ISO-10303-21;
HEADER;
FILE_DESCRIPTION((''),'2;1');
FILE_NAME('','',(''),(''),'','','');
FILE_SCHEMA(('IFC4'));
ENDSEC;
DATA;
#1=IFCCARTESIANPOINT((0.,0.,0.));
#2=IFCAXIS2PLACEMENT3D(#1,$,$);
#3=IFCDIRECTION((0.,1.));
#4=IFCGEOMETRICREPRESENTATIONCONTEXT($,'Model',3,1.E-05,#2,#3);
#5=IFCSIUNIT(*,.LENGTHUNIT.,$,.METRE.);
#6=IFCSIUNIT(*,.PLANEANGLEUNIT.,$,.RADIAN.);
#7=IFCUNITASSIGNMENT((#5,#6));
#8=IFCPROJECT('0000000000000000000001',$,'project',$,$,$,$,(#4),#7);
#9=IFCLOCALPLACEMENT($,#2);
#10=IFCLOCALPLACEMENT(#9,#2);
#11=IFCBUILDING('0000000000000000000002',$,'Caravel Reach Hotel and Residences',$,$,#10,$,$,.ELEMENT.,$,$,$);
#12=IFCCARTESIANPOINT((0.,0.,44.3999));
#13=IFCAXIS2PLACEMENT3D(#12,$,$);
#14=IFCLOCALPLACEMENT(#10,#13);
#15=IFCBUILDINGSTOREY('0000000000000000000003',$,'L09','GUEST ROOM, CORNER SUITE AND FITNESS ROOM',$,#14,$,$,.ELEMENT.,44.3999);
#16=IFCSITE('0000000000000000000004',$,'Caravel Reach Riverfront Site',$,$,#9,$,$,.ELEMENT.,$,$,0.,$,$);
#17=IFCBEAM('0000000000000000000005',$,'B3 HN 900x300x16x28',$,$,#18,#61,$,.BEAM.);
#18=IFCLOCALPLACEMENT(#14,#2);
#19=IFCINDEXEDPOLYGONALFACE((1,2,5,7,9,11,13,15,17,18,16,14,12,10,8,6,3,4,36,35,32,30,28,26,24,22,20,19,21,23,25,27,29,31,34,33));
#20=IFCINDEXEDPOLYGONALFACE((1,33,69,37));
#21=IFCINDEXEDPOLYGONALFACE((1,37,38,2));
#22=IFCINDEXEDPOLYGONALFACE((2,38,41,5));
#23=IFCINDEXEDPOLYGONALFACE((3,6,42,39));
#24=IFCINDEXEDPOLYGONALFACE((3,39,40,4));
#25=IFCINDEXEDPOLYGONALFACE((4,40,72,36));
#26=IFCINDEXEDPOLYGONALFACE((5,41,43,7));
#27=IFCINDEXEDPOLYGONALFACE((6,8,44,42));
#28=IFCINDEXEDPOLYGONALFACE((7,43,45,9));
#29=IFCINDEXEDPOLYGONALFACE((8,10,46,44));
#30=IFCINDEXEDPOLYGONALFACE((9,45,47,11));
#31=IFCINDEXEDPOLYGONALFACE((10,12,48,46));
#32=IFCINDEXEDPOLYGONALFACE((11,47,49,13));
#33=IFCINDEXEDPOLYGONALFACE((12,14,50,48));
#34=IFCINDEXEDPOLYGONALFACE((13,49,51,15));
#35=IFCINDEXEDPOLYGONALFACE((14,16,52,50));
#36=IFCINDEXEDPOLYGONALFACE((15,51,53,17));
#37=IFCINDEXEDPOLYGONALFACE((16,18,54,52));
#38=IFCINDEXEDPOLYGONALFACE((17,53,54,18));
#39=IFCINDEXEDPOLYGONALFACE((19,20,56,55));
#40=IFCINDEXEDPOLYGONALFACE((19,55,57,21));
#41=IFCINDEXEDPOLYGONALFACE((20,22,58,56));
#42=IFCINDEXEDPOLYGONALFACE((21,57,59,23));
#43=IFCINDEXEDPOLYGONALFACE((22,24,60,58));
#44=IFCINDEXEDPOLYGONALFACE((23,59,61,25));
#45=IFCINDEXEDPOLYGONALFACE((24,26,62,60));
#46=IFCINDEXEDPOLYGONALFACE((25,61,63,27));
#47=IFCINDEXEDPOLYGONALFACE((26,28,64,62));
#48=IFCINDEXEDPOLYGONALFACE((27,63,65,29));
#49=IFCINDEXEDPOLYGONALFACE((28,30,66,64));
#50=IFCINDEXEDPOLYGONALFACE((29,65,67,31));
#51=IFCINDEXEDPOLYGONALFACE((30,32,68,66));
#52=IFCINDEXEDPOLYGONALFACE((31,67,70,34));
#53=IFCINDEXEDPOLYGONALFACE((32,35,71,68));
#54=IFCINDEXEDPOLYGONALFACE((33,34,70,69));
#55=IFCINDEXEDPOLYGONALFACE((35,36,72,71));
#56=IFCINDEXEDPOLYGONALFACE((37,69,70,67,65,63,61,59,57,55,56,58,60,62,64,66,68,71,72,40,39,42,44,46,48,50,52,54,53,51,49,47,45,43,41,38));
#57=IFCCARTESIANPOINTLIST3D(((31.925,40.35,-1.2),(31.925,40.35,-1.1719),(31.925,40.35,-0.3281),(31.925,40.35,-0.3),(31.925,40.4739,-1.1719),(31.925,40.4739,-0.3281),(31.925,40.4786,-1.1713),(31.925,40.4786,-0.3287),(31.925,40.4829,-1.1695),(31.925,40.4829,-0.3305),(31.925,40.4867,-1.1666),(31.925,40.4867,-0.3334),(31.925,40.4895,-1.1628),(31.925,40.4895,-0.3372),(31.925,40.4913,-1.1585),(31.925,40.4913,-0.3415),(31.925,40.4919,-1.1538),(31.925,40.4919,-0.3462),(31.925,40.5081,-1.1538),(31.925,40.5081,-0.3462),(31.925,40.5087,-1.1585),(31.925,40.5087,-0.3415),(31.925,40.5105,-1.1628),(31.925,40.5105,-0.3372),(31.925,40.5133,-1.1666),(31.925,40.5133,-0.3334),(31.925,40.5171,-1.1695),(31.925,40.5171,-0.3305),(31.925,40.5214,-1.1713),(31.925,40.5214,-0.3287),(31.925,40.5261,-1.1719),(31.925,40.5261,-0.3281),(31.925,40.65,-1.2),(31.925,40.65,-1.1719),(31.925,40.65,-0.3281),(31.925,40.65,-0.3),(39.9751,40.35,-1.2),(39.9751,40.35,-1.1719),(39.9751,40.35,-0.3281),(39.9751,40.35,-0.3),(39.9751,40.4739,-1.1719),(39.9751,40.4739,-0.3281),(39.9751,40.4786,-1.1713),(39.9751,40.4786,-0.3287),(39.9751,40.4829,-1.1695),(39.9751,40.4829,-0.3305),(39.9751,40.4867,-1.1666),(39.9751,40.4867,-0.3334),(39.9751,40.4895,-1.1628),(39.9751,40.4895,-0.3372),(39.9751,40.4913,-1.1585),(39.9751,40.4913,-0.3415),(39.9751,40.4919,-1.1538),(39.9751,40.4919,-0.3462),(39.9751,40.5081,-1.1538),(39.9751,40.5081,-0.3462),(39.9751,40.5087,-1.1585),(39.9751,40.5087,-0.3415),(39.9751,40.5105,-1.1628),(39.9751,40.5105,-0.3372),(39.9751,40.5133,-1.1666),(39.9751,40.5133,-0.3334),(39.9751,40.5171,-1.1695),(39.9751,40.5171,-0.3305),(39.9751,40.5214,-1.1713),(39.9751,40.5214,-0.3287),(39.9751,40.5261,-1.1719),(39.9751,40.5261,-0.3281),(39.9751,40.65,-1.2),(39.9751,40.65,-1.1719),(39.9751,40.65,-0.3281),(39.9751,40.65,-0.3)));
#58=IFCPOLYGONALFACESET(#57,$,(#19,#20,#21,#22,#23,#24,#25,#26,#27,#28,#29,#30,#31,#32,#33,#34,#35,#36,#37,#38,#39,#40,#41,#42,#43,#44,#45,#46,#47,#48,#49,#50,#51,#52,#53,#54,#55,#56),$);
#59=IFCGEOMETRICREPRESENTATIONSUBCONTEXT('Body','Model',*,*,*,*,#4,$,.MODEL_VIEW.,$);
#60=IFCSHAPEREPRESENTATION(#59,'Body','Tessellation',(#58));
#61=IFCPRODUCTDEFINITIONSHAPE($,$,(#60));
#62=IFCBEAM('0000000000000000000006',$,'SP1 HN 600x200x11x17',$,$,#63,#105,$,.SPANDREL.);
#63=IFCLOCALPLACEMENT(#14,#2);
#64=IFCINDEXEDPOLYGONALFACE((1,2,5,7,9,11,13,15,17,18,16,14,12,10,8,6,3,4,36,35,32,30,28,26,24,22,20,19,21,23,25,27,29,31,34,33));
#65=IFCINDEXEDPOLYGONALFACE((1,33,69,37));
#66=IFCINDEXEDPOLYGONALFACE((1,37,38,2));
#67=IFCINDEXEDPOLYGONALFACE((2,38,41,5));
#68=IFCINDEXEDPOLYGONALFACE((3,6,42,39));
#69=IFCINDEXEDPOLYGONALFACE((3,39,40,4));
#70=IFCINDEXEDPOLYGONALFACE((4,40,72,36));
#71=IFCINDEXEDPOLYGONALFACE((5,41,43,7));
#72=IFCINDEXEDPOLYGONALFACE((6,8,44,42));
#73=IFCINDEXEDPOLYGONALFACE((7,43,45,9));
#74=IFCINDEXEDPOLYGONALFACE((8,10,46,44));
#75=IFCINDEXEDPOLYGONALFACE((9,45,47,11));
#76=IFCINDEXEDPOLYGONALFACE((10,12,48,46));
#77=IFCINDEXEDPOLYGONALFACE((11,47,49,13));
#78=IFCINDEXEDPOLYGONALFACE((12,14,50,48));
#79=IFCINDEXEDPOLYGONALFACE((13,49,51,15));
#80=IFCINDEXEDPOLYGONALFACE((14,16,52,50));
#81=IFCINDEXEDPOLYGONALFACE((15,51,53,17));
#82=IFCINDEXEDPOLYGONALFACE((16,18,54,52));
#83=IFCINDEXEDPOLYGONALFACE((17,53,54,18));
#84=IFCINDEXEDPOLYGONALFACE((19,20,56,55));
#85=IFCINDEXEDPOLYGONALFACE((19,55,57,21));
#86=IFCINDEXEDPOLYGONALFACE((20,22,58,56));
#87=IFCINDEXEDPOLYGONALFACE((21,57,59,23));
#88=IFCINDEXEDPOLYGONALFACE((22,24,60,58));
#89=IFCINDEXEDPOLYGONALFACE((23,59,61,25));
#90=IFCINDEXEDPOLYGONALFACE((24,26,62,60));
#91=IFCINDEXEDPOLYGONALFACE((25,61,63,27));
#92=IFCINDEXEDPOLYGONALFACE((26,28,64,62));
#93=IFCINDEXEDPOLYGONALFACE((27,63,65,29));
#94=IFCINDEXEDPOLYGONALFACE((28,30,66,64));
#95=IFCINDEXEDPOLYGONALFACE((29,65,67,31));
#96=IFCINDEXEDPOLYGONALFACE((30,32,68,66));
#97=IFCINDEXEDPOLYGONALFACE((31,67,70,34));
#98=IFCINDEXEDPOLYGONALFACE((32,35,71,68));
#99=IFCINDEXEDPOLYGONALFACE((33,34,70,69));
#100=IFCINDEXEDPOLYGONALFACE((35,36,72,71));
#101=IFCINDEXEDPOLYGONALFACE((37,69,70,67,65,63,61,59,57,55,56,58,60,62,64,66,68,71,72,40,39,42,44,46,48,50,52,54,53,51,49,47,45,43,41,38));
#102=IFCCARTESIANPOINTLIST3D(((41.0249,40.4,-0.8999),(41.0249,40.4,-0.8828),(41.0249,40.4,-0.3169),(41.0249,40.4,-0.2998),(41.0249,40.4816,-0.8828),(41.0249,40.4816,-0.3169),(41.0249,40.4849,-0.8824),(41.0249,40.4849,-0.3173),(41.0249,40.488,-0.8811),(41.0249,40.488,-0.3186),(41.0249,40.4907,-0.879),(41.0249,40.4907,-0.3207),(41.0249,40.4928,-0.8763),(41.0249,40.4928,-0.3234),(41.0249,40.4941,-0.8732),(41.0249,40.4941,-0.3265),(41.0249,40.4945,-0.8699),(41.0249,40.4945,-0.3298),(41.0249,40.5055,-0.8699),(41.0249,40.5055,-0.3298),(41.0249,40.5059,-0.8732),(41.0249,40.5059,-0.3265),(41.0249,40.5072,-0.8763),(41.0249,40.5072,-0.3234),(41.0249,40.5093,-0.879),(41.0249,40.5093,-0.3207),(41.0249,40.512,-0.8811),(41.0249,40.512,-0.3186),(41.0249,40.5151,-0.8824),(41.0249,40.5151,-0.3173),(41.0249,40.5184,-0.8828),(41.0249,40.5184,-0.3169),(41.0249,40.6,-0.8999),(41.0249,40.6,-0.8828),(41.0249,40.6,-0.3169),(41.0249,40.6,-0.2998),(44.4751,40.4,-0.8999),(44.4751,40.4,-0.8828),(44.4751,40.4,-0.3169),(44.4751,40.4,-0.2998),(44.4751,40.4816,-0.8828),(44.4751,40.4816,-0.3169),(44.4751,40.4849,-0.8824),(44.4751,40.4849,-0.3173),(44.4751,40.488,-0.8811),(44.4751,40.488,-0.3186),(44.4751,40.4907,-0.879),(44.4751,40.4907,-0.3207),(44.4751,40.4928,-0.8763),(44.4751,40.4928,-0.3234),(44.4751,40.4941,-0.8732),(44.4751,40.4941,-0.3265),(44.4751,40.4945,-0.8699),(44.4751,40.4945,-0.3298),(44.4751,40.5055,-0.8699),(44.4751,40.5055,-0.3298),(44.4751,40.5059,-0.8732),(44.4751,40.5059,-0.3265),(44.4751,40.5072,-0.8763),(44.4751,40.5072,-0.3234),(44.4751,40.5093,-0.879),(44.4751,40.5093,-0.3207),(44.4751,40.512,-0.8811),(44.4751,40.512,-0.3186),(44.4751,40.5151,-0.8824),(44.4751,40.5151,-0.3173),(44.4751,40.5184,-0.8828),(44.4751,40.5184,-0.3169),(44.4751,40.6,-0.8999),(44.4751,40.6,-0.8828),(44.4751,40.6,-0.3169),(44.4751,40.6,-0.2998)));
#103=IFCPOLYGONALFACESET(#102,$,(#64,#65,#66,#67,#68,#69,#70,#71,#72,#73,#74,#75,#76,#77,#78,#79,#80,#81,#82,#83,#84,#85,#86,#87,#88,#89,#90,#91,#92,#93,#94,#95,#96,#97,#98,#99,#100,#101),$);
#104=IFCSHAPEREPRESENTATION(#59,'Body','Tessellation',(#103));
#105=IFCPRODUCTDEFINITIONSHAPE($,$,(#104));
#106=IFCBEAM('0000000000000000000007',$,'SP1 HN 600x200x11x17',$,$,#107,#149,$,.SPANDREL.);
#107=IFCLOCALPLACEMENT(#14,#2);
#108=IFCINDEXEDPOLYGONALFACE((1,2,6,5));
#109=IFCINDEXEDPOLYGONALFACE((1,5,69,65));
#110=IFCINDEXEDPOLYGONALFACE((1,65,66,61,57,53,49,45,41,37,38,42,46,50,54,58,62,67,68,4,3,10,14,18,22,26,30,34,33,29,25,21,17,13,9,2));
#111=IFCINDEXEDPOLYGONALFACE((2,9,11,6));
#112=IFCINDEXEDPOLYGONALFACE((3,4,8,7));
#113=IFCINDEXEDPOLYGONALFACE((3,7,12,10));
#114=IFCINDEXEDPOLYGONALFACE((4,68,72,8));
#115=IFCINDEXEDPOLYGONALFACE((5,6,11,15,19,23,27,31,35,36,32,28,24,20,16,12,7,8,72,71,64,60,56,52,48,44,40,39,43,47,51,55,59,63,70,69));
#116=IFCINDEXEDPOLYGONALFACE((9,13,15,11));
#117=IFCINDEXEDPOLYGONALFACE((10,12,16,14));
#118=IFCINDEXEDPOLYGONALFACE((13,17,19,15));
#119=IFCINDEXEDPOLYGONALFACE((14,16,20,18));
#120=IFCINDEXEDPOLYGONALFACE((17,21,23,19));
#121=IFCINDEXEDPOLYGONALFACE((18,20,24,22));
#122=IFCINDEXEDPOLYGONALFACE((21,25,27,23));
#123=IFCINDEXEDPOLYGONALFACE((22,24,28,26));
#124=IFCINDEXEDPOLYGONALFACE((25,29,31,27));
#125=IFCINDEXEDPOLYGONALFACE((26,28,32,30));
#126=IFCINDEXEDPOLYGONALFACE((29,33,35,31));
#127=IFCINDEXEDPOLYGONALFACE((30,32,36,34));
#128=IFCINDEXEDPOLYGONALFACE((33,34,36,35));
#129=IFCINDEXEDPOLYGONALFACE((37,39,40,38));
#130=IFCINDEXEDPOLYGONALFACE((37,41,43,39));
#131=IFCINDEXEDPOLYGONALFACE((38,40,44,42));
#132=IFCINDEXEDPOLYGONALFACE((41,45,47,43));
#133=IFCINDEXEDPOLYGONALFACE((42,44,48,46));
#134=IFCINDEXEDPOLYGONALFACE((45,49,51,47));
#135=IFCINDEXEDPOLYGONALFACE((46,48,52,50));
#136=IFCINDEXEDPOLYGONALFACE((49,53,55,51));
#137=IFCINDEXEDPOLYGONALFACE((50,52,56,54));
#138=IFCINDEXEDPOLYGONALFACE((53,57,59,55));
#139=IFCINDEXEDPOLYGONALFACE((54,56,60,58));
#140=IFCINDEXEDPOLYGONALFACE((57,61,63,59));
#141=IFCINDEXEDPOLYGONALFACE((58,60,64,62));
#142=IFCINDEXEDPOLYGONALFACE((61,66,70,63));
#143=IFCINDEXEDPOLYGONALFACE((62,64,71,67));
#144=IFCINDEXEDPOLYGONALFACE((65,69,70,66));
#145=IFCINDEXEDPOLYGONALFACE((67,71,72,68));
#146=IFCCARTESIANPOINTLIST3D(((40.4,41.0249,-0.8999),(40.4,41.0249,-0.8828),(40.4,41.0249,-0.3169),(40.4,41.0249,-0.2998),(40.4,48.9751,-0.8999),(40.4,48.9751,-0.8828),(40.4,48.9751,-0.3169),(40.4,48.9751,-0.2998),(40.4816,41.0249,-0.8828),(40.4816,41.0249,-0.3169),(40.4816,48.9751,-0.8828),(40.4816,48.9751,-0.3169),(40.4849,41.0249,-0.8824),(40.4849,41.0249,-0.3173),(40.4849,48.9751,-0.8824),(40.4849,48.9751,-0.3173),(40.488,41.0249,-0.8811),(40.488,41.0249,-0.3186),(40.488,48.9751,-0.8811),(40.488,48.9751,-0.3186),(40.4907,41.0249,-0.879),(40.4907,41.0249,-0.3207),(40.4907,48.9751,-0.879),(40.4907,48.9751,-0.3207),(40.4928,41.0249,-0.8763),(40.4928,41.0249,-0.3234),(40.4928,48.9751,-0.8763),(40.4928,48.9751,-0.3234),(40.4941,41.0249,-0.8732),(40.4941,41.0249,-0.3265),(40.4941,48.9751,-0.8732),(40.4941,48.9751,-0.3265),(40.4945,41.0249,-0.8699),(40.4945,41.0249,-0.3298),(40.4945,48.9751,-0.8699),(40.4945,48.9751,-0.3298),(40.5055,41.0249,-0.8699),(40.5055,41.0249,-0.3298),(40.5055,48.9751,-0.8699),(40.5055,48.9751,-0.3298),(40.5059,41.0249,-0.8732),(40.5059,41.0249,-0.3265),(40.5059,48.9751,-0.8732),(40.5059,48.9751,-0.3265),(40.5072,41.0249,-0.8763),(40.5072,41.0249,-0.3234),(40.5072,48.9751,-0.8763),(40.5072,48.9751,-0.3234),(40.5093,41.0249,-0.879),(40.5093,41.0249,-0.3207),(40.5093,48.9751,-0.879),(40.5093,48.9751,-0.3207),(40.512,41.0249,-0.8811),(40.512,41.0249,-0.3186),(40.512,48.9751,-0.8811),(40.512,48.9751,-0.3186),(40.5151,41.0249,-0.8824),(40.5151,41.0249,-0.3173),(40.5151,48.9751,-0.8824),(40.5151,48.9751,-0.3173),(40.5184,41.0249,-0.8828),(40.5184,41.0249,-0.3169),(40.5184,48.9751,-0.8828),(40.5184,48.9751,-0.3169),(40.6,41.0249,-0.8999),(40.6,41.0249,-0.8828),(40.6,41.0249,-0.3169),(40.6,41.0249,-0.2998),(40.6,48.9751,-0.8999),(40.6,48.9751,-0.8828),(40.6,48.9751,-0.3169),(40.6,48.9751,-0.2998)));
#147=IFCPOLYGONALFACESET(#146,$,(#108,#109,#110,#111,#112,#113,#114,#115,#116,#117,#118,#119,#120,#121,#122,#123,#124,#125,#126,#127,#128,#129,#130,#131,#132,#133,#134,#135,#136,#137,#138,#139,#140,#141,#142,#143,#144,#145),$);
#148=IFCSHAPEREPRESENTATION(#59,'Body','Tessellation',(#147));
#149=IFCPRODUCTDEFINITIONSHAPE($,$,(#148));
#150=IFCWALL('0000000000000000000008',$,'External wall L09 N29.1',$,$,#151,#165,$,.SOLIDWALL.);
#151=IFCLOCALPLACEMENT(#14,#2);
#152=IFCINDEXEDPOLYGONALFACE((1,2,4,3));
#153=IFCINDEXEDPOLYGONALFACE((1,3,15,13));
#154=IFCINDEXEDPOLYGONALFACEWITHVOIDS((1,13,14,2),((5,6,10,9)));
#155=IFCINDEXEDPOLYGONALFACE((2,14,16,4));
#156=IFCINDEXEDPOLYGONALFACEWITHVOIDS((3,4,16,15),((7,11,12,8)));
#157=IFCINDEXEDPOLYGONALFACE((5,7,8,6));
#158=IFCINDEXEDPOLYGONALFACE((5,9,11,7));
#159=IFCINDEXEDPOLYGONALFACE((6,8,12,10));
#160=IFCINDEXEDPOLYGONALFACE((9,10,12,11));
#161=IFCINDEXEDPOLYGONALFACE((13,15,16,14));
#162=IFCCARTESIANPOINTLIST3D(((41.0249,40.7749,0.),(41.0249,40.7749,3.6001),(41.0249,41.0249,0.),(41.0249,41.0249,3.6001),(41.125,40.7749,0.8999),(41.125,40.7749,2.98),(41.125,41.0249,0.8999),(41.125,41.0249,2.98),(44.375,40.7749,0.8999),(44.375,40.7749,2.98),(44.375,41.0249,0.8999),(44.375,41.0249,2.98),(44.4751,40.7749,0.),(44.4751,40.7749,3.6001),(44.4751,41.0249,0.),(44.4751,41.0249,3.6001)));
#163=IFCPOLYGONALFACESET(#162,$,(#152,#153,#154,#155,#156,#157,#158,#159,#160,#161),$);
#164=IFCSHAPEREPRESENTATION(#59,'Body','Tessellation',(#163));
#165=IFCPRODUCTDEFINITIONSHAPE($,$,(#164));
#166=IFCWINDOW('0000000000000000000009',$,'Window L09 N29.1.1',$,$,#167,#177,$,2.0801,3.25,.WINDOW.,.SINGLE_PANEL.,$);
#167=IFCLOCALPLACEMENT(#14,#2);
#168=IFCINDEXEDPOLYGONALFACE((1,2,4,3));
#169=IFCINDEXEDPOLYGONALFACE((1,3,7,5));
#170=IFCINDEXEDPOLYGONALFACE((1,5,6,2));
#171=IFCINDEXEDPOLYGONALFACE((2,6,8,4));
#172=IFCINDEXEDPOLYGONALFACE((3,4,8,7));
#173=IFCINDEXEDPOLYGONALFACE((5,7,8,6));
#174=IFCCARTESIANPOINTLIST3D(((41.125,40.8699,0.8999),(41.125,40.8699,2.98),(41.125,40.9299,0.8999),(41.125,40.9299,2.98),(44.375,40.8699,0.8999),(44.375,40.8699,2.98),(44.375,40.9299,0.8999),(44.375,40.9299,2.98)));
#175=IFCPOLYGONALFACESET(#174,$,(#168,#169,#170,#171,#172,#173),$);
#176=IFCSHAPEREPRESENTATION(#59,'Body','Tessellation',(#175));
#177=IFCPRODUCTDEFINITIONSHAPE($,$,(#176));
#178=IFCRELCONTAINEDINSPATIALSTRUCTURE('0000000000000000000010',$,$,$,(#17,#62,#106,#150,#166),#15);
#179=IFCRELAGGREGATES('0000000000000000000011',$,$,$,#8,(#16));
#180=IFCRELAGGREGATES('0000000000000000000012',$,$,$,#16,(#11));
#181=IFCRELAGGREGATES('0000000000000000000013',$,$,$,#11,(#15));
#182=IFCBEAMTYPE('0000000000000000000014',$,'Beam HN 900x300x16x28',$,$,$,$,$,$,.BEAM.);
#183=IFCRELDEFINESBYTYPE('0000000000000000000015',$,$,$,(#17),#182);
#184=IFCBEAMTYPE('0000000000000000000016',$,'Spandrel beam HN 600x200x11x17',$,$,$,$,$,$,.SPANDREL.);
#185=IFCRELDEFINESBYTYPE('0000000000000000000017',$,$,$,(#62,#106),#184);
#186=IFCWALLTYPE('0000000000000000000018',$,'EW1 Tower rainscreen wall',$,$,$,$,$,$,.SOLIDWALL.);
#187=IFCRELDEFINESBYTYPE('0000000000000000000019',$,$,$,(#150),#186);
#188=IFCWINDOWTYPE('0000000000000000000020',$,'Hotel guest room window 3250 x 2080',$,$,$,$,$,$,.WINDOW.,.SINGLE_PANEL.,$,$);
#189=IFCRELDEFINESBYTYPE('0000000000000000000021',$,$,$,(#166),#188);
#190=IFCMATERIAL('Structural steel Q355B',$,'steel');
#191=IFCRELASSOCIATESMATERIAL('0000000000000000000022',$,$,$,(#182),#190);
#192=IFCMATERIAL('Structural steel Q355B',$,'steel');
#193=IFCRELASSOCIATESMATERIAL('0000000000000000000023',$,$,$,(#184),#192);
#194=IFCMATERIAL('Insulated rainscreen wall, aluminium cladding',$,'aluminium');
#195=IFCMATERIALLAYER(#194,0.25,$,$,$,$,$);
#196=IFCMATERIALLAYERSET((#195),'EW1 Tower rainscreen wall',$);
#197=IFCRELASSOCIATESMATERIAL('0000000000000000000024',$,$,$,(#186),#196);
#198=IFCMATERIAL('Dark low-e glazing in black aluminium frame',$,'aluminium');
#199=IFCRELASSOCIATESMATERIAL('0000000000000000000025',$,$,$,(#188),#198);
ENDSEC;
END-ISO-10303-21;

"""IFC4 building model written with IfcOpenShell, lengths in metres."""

from ifc_helpers import new_model, si_unit, direction, frame, frame_2d, origin, origin_2d, place, context, subcontext, project, spatial, rectangle, i_section, extrude, material, layer, layer_set, material_profile, profile_set, type_object, element, fill, save


model = new_model("IFC4")

# Units and contexts
model_context = context("Model", 3, precision=1e-05, world=origin(), true_north=direction((0.0, 1.0)))
body_context = subcontext(model_context, "Body", "Model", "MODEL_VIEW")
ifc_project = project(units=[si_unit("LENGTHUNIT", "METRE"), si_unit("PLANEANGLEUNIT", "RADIAN")], contexts=[model_context])

# Site, building, storey
site_placement = place(None, origin())
site = spatial("IfcSite", under=ifc_project, at=site_placement, Name="Caravel Reach Riverfront Site", CompositionType="ELEMENT", RefElevation=0.0)
building_placement = place(site_placement, origin())
building = spatial("IfcBuilding", under=site, at=building_placement, Name="Caravel Reach Hotel and Residences", CompositionType="ELEMENT")
storey_placement = place(building_placement, frame((0.0, 0.0, 44.3999)))
storey = spatial("IfcBuildingStorey", under=building, at=storey_placement, Name="L09", Description="GUEST ROOM, CORNER SUITE AND FITNESS ROOM", CompositionType="ELEMENT", Elevation=44.3999)

# Beams
ifc_material_1 = material(Name="Structural steel Q355B", Category="steel")
ifc_material_profile_1 = material_profile(ifc_material_1, i_section(OverallWidth=0.3, OverallDepth=0.8999, WebThickness=0.0161, FlangeThickness=0.0281, FilletRadius=0.0181, at=origin_2d()), Name="HN 900x300x16x28")
ifc_profile_set_1 = profile_set([ifc_material_profile_1], Name="Structural steel Q355B")
beam_type_1 = type_object("IfcBeamType", Name="Beam HN 900x300x16x28", PredefinedType="BEAM", material=ifc_profile_set_1)
beam_1_placement = place(storey_placement, frame((31.925, 40.5, -0.75), z_axis=(1.0, 0.0, 0.0), x_axis=(0.0, 1.0, 0.0)))
element("IfcBeam", 1, at=beam_1_placement, inside=storey, type_object=beam_type_1, Name="B3 HN 900x300x16x28", PredefinedType="BEAM", context=body_context, shape_type="SweptSolid", body=[
    extrude(i_section(OverallWidth=0.3, OverallDepth=0.8999, WebThickness=0.0161, FlangeThickness=0.0281, FilletRadius=0.0181, at=origin_2d()), origin(), (0.0, 0.0, 1.0), 8.05),
])
ifc_material_2 = material(Name="Structural steel Q355B", Category="steel")
ifc_material_profile_2 = material_profile(ifc_material_2, i_section(OverallWidth=0.2, OverallDepth=0.6001, WebThickness=0.011, FlangeThickness=0.0171, FilletRadius=0.0129, at=origin_2d()), Name="HN 600x200x11x17")
ifc_profile_set_2 = profile_set([ifc_material_profile_2], Name="Structural steel Q355B")
beam_type_2 = type_object("IfcBeamType", Name="Spandrel beam HN 600x200x11x17", PredefinedType="SPANDREL", material=ifc_profile_set_2)
beam_2_placement = place(storey_placement, frame((44.4751, 40.5, -0.5999), z_axis=(-1.0, 0.0, 0.0), x_axis=(0.0, -1.0, 0.0)))
element("IfcBeam", 2, at=beam_2_placement, inside=storey, type_object=beam_type_2, Name="SP1 HN 600x200x11x17", PredefinedType="SPANDREL", context=body_context, shape_type="SweptSolid", body=[
    extrude(i_section(OverallWidth=0.2, OverallDepth=0.6001, WebThickness=0.011, FlangeThickness=0.0171, FilletRadius=0.0129, at=origin_2d()), origin(), (0.0, 0.0, 1.0), 3.4502),
])
beam_3_placement = place(storey_placement, frame((40.5, 41.0249, -0.5999), z_axis=(0.0, 1.0, 0.0), x_axis=(-1.0, 0.0, 0.0)))
element("IfcBeam", 3, at=beam_3_placement, inside=storey, type_object=beam_type_2, Name="SP1 HN 600x200x11x17", PredefinedType="SPANDREL", context=body_context, shape_type="SweptSolid", body=[
    extrude(i_section(OverallWidth=0.2, OverallDepth=0.6001, WebThickness=0.011, FlangeThickness=0.0171, FilletRadius=0.0129, at=origin_2d()), origin(), (0.0, 0.0, 1.0), 7.9502),
])

# Wall, opening, window
ifc_material_3 = material(Name="Insulated rainscreen wall, aluminium cladding", Category="aluminium")
ifc_layer_1 = layer(ifc_material_3, 0.25)
ifc_layer_set_1 = layer_set([ifc_layer_1], Name="EW1 Tower rainscreen wall")
wall_type_1 = type_object("IfcWallType", Name="EW1 Tower rainscreen wall", PredefinedType="SOLIDWALL", material=ifc_layer_set_1)
wall_1_placement = place(storey_placement, frame((44.4751, 40.8999, 0.0), z_axis=(0.0, 0.0, 1.0), x_axis=(-1.0, 0.0, 0.0)))
wall_1 = element("IfcWall", 4, at=wall_1_placement, inside=storey, type_object=wall_type_1, Name="External wall L09 N29.1", PredefinedType="SOLIDWALL", context=body_context, shape_type="SweptSolid", body=[
    extrude(rectangle(XDim=3.4502, YDim=0.25, at=frame_2d((1.7251, 0.0))), origin(), (0.0, 0.0, 1.0), 3.6001),
])
opening_1_placement = place(wall_1_placement, frame((0.1001, 0.0, 0.8999)))
opening_1 = element("IfcOpeningElement", 5, at=opening_1_placement, cuts=wall_1, PredefinedType="OPENING", context=body_context, shape_type="SweptSolid", body=[
    extrude(rectangle(XDim=3.25, YDim=2.0801, at=frame_2d((1.625, 1.04))), frame((0.0, 0.135, 0.0), z_axis=(0.0, -1.0, 0.0), x_axis=(1.0, 0.0, 0.0)), (0.0, 0.0, 1.0), 0.27),
])
ifc_material_4 = material(Name="Dark low-e glazing in black aluminium frame", Category="aluminium")
window_type = type_object("IfcWindowType", Name="Hotel guest room window 3250 x 2080", PartitioningType="SINGLE_PANEL", PredefinedType="WINDOW", material=ifc_material_4)
window_1_placement = place(opening_1_placement, origin())
window_1 = element("IfcWindow", 6, at=window_1_placement, inside=storey, type_object=window_type, Name="Window L09 N29.1.1", OverallHeight=2.0801, OverallWidth=3.25, PartitioningType="SINGLE_PANEL", PredefinedType="WINDOW", context=body_context, shape_type="SweptSolid", body=[
    extrude(rectangle(XDim=3.25, YDim=2.0801, at=frame_2d((1.625, 1.04))), frame((0.0, 0.03, 0.0), z_axis=(0.0, -1.0, 0.0), x_axis=(1.0, 0.0, 0.0)), (0.0, 0.0, 1.0), 0.0601),
])
fill(opening_1, window_1)

save(model, "model.ifc")
